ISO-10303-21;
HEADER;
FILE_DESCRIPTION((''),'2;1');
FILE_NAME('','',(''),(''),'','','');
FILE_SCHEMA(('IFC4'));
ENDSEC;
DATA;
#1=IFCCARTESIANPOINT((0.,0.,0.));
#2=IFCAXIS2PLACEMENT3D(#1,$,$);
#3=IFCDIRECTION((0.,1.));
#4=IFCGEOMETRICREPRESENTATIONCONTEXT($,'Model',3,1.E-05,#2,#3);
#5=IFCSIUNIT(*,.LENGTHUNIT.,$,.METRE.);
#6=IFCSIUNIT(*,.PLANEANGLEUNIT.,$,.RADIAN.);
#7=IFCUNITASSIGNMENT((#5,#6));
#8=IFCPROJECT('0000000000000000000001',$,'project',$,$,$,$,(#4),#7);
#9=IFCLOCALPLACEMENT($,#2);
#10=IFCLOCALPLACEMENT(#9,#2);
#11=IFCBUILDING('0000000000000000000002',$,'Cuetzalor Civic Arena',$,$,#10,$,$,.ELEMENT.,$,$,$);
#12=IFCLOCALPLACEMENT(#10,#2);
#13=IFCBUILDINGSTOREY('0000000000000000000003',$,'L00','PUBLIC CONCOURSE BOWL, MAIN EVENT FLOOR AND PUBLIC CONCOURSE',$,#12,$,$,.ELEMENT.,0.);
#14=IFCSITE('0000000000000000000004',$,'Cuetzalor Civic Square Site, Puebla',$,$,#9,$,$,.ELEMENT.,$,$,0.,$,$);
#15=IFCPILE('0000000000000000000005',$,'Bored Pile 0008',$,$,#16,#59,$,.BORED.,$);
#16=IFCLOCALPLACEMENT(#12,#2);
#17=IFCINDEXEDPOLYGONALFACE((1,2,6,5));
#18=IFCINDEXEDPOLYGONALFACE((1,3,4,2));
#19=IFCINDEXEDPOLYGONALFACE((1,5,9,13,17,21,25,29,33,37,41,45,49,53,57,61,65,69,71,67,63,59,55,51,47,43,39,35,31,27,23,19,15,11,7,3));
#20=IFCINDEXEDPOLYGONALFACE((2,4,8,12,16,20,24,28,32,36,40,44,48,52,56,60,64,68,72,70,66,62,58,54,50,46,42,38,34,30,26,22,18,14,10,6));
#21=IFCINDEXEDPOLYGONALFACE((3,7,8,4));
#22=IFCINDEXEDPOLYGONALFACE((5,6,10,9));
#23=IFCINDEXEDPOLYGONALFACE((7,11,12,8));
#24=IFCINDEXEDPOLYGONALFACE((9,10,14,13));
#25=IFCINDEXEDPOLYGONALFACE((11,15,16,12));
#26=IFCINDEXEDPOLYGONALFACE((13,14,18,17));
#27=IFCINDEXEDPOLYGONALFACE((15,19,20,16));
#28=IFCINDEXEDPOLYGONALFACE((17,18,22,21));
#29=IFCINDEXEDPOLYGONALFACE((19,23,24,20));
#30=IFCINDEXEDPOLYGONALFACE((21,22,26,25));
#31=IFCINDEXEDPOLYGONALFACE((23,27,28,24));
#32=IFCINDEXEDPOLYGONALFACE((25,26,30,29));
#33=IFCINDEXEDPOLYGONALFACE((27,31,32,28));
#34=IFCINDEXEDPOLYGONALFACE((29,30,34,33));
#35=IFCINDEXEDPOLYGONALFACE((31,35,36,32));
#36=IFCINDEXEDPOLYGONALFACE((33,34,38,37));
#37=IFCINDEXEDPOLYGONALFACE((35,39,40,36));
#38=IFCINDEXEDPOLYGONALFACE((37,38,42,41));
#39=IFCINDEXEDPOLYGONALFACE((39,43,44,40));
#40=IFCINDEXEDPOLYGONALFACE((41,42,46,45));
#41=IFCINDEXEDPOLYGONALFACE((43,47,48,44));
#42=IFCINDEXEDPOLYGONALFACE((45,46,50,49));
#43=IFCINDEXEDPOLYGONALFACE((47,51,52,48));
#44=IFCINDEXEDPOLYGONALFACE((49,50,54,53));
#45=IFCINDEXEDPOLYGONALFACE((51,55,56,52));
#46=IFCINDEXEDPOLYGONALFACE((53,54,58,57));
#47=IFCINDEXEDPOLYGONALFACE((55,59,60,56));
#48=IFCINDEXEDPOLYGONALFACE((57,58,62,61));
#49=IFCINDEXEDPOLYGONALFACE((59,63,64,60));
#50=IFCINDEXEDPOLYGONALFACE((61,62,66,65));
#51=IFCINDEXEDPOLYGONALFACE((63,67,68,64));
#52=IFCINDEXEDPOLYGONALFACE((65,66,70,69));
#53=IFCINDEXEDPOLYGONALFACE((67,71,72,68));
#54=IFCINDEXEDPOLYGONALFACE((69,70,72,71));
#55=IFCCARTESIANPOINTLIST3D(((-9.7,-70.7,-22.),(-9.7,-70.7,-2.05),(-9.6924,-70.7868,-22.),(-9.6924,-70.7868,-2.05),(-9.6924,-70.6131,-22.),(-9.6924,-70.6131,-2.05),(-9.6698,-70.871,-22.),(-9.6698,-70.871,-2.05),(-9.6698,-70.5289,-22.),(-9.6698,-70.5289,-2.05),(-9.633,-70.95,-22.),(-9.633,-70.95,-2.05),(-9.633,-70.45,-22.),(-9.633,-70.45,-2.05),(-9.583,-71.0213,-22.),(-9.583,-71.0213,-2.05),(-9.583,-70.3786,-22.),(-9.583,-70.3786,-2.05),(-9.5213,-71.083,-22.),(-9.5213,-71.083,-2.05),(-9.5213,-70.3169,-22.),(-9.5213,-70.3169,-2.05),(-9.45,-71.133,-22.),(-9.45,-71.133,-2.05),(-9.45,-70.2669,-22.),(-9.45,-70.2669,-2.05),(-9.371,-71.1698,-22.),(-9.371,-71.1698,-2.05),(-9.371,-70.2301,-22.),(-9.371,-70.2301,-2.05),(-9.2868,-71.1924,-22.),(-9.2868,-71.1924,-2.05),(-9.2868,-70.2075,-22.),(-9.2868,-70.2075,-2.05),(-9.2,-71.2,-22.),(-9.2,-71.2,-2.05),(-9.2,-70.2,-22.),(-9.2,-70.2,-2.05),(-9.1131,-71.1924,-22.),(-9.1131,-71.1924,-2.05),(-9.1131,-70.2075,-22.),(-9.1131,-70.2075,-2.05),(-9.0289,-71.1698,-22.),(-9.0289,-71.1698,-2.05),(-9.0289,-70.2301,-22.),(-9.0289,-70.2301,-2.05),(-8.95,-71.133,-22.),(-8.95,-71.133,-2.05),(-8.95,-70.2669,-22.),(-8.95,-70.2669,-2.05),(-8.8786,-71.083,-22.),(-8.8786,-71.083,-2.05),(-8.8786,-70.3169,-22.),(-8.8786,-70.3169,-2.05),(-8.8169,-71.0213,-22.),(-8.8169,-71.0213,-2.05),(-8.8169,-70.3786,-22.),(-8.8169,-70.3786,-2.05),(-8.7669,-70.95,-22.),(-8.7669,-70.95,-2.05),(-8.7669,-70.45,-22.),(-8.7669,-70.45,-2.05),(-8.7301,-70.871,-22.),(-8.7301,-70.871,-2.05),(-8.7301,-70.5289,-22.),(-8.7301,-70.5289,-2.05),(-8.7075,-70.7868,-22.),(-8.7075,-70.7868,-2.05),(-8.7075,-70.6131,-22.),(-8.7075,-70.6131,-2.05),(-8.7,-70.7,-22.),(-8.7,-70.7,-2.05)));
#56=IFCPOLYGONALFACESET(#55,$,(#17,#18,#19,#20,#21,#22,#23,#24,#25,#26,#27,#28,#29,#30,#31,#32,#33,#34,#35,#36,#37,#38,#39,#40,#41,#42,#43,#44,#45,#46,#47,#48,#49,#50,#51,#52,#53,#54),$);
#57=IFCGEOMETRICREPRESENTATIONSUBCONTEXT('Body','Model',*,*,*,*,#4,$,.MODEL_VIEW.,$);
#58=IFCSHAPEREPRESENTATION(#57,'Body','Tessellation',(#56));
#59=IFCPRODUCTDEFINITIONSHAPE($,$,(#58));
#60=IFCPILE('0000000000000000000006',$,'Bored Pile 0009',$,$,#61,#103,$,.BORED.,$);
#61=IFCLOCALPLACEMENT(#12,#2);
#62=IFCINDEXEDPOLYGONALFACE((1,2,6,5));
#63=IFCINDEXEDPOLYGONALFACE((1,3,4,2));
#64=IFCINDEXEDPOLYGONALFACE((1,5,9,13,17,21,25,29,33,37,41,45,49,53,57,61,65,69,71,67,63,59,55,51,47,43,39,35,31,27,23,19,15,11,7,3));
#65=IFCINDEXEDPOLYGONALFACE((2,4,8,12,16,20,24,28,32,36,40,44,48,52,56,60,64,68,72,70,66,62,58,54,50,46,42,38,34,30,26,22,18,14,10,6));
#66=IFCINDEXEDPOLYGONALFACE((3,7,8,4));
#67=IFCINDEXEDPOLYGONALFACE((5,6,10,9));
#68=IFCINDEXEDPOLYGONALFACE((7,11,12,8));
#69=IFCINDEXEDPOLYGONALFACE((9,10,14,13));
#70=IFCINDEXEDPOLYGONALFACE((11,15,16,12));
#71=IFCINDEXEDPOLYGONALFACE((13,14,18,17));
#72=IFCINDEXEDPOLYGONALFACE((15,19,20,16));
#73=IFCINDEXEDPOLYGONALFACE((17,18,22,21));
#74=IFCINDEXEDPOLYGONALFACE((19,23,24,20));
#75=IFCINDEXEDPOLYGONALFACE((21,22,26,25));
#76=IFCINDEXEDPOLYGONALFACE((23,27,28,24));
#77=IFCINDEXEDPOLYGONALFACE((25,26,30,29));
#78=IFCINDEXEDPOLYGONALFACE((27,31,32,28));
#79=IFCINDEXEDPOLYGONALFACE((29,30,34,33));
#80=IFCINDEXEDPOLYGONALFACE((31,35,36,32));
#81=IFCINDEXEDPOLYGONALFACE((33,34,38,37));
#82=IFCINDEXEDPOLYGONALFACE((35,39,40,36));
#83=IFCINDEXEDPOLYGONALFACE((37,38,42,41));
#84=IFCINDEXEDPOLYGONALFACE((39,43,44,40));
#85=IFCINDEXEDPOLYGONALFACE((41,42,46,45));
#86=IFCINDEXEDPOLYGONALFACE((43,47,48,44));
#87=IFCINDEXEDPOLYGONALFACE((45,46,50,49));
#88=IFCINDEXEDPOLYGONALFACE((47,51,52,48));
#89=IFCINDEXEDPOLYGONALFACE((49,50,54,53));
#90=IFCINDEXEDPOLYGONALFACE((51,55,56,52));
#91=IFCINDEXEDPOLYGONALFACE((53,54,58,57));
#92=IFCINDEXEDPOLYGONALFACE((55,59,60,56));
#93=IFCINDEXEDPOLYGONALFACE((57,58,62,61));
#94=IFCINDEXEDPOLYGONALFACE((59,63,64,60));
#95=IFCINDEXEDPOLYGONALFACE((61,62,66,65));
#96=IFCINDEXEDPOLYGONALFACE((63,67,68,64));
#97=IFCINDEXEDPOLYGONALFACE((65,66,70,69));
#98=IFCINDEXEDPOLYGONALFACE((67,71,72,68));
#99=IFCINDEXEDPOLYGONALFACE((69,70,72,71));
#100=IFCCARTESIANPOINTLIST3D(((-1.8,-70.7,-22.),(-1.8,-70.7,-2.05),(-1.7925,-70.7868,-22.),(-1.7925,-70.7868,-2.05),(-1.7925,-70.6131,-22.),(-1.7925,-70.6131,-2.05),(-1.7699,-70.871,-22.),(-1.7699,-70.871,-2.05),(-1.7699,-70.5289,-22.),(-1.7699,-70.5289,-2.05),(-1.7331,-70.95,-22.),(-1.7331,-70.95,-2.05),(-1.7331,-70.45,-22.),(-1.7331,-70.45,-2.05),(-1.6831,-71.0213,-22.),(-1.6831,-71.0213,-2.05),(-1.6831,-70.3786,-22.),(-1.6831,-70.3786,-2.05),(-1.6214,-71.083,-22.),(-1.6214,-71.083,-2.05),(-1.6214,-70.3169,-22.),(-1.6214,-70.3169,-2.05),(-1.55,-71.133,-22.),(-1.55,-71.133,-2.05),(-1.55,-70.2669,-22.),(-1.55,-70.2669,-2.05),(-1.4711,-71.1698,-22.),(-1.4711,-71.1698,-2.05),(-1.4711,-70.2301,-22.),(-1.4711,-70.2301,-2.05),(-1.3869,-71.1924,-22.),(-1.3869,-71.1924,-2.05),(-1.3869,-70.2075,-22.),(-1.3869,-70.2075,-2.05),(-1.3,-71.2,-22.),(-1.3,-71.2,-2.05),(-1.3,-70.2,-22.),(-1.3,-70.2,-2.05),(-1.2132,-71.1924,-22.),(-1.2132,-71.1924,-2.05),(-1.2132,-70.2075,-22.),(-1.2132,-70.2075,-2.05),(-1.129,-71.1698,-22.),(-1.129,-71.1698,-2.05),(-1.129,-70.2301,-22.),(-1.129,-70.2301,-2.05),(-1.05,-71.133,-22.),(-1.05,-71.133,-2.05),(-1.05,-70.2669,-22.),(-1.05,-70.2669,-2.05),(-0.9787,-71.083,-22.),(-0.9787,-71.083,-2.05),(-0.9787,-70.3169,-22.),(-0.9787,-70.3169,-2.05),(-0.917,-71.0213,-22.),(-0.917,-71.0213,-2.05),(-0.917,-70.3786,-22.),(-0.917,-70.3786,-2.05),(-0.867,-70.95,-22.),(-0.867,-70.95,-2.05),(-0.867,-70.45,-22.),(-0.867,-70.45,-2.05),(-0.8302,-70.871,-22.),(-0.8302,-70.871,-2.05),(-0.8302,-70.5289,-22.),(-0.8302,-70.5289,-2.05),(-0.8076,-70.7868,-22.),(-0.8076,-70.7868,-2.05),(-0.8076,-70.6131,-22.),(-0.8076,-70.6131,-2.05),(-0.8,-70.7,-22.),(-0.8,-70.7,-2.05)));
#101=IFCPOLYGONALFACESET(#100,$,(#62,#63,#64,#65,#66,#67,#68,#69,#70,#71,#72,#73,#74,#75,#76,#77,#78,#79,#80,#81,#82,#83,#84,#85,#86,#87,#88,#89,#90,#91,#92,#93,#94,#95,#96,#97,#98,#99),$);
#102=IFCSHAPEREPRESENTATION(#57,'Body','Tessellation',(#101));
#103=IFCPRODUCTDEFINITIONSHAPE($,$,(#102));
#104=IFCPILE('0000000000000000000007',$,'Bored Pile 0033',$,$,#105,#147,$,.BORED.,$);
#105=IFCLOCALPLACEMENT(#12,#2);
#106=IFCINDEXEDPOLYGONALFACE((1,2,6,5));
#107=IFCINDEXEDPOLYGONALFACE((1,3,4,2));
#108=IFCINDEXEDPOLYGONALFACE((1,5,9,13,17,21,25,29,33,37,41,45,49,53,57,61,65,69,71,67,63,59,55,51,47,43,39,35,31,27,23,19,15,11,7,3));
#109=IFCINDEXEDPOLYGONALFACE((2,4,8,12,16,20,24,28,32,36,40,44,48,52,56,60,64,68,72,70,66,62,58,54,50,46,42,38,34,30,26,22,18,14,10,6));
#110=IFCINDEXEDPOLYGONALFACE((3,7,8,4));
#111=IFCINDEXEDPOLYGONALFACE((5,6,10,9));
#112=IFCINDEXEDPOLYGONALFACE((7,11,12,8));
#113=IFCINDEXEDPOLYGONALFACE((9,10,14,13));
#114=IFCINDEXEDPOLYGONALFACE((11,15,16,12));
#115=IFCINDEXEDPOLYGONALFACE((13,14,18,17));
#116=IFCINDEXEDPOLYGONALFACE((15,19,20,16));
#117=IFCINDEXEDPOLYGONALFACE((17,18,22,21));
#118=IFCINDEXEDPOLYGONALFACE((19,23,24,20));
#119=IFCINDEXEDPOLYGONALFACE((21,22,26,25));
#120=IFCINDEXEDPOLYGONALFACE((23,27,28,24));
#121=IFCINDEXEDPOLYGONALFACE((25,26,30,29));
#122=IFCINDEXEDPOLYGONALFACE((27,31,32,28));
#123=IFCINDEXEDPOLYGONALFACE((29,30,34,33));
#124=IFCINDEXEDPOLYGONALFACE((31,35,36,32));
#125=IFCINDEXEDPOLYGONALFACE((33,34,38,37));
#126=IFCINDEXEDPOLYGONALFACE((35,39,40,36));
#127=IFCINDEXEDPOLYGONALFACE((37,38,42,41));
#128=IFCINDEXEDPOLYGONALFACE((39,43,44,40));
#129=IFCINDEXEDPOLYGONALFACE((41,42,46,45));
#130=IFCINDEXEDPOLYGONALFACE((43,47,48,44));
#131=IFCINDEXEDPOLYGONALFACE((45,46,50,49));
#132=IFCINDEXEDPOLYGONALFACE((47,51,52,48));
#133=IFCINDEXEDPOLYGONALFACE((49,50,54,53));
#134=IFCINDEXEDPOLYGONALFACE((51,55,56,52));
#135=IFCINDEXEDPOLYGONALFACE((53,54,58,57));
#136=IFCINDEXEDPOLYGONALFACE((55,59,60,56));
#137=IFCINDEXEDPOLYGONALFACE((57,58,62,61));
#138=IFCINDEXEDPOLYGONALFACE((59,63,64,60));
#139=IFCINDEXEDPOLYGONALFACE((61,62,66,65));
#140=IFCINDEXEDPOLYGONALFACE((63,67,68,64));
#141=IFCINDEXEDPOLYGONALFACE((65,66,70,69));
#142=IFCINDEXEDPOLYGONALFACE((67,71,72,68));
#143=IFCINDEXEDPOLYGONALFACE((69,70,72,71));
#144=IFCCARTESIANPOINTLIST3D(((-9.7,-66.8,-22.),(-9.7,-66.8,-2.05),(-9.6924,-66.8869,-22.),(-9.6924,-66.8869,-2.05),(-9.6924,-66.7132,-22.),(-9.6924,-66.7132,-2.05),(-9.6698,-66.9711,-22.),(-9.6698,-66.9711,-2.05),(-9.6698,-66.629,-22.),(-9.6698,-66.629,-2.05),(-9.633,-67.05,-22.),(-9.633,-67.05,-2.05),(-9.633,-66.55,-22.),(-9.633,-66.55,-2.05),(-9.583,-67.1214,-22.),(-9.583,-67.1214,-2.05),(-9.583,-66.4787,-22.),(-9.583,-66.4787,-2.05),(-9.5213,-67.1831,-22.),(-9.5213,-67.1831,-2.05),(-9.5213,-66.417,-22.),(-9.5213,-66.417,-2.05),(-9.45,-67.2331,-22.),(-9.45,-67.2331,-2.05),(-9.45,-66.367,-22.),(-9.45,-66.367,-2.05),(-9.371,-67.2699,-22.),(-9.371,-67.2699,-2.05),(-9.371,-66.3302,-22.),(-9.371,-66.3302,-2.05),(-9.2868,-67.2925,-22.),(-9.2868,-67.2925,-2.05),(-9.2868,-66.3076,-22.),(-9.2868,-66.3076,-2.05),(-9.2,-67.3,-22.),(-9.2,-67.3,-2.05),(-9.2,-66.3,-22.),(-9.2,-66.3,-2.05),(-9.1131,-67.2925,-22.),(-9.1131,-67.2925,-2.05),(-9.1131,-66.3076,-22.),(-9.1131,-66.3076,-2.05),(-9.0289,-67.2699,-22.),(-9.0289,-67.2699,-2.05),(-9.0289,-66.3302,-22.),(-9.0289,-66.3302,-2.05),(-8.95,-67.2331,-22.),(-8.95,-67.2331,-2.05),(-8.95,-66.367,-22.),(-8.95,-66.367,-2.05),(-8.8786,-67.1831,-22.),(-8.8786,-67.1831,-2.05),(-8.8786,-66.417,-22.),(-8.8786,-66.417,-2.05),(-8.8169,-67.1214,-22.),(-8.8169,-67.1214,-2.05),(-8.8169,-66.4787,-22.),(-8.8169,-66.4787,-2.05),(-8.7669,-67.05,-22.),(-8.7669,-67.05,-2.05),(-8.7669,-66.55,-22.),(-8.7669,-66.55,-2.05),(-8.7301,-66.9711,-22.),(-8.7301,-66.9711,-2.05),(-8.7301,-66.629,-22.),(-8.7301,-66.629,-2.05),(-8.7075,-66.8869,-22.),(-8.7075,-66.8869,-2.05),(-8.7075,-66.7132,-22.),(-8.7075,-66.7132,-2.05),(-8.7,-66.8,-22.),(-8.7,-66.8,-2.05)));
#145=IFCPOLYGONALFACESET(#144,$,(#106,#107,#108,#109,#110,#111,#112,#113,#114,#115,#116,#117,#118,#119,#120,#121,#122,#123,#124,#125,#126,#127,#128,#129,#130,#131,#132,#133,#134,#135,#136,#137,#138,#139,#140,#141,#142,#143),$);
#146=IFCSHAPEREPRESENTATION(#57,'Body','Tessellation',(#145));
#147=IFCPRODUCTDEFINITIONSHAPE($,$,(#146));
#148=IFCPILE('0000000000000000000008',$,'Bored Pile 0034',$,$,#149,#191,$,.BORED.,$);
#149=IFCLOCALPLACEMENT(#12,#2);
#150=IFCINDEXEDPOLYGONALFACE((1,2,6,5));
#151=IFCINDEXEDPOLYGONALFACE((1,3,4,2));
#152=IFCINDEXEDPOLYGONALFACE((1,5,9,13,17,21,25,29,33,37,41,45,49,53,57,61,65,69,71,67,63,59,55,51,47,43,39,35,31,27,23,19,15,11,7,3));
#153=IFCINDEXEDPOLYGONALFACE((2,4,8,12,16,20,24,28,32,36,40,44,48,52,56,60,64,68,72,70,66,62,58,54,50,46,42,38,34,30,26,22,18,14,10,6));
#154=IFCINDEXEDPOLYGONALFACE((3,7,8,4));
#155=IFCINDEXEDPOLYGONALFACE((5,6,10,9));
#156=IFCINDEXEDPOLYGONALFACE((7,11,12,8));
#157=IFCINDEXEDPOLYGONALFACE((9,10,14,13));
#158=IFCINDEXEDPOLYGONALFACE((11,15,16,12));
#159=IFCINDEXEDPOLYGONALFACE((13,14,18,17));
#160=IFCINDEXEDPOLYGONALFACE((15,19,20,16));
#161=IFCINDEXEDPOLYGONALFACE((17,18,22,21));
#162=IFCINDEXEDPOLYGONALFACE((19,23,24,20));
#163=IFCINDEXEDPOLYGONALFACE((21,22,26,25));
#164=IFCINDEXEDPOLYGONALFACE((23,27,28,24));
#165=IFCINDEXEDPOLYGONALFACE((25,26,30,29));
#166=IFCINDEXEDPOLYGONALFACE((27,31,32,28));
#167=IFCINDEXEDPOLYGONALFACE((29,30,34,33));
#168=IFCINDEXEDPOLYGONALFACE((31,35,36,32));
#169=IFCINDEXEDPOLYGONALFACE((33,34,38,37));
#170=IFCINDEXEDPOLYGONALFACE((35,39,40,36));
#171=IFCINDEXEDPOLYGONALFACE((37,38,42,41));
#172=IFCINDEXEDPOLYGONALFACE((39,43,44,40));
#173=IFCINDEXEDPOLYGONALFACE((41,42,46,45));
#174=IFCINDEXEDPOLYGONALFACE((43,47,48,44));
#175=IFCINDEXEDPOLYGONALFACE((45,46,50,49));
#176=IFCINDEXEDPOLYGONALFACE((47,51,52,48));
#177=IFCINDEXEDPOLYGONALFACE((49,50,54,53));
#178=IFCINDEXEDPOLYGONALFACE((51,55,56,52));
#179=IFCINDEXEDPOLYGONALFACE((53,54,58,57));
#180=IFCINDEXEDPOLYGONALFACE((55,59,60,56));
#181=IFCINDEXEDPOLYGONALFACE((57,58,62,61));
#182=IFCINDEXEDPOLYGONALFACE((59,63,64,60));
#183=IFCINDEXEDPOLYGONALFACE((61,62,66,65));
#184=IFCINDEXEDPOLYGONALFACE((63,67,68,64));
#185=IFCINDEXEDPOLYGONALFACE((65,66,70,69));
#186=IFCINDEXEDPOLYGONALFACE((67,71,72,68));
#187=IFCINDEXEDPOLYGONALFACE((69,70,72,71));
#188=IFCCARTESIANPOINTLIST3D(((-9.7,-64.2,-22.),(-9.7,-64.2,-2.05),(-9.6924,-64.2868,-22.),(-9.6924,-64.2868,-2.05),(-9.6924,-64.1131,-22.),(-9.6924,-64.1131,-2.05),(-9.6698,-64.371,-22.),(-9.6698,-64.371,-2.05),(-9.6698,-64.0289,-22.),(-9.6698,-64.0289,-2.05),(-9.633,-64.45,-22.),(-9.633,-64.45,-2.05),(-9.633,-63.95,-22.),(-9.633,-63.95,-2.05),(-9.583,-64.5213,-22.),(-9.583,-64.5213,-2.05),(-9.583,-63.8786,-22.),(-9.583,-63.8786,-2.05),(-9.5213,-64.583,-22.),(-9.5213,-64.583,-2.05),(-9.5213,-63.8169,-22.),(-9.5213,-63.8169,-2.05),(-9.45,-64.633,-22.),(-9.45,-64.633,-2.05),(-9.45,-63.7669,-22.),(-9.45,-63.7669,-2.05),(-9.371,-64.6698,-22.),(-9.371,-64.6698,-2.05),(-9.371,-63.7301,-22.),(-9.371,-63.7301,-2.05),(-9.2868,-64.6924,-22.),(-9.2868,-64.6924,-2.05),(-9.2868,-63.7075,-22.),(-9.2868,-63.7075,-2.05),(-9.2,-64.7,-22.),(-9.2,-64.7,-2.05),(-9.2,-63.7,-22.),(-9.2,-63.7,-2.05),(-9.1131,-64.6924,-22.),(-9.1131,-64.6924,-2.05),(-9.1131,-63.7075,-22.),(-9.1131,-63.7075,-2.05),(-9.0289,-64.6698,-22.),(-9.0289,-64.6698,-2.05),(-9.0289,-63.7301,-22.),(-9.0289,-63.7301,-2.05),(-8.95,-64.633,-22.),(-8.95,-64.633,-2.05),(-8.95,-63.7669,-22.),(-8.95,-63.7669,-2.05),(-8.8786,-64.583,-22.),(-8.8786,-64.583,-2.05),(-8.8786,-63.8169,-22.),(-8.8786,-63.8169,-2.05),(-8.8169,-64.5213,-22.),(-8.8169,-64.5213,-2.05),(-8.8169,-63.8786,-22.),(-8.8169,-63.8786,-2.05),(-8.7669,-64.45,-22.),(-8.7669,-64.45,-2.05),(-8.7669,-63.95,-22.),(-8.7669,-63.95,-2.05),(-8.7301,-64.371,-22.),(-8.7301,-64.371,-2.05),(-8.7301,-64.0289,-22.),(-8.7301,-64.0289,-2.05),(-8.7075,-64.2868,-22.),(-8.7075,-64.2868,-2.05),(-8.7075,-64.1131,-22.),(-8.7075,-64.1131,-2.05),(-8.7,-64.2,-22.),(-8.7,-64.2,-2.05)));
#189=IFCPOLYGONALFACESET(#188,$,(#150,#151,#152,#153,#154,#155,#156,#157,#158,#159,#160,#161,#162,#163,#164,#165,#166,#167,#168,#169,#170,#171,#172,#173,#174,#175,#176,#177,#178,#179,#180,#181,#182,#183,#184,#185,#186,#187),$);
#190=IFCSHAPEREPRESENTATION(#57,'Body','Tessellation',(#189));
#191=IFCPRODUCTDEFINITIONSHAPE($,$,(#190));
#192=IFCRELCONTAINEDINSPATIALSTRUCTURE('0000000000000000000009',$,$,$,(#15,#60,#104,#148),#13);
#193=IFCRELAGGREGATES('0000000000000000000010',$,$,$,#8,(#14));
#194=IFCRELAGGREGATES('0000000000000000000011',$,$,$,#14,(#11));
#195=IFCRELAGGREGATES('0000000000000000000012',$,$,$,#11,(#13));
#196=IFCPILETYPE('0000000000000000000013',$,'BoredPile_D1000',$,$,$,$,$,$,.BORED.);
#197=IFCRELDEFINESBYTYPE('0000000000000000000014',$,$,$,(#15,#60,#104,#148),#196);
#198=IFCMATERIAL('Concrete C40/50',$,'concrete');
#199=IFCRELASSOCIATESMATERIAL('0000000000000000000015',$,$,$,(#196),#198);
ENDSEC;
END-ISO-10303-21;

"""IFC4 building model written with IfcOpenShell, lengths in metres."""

from ifc_helpers import new_model, si_unit, direction, frame, origin, origin_2d, place, context, subcontext, project, spatial, circle, extrude, material, material_profile, profile_set, type_object, element, save


model = new_model("IFC4")

# Units and contexts
model_context = context("Model", 3, precision=1e-05, world=origin(), true_north=direction((0.0, 1.0)))
body_context = subcontext(model_context, "Body", "Model", "MODEL_VIEW")
ifc_project = project(units=[si_unit("LENGTHUNIT", "METRE"), si_unit("PLANEANGLEUNIT", "RADIAN")], contexts=[model_context])

# Site, building, storey
site_placement = place(None, origin())
site = spatial("IfcSite", under=ifc_project, at=site_placement, Name="Cuetzalor Civic Square Site, Puebla", CompositionType="ELEMENT", RefElevation=0.0)
building_placement = place(site_placement, origin())
building = spatial("IfcBuilding", under=site, at=building_placement, Name="Cuetzalor Civic Arena", CompositionType="ELEMENT")
storey_placement = place(building_placement, origin())
storey = spatial("IfcBuildingStorey", under=building, at=storey_placement, Name="L00", Description="PUBLIC CONCOURSE BOWL, MAIN EVENT FLOOR AND PUBLIC CONCOURSE", CompositionType="ELEMENT", Elevation=0.0)

# Piles
ifc_material_1 = material(Name="Concrete C40/50", Category="concrete")
ifc_material_profile_1 = material_profile(ifc_material_1, circle(Radius=0.5, at=origin_2d()), Name="BORED PILE D1000")
ifc_profile_set_1 = profile_set([ifc_material_profile_1], Name="Concrete C40/50")
pile_type = type_object("IfcPileType", Name="BoredPile_D1000", PredefinedType="BORED", material=ifc_profile_set_1)
for number, where, z_axis, x_axis, name in (
    (1, (-9.2, -70.7, -2.05), (0.0, 0.0, -1.0), (1.0, 0.0, 0.0), "Bored Pile 0008"),
    (2, (-1.3, -70.7, -2.05), (0.0, 0.0, -1.0), (1.0, 0.0, 0.0), "Bored Pile 0009"),
    (3, (-9.2, -66.8, -2.05), (0.0, 0.0, -1.0), (1.0, 0.0, 0.0), "Bored Pile 0033"),
    (4, (-9.2, -64.2, -2.05), (0.0, 0.0, -1.0), (1.0, 0.0, 0.0), "Bored Pile 0034"),
):
    element("IfcPile", number, at=place(storey_placement, frame(where, z_axis=z_axis, x_axis=x_axis)), inside=storey, type_object=pile_type, Name=name, PredefinedType="BORED", context=body_context, shape_type="SweptSolid", body=[
        extrude(circle(Radius=0.5, at=origin_2d()), origin(), (0.0, 0.0, 1.0), 19.95),
    ])

save(model, "model.ifc")
